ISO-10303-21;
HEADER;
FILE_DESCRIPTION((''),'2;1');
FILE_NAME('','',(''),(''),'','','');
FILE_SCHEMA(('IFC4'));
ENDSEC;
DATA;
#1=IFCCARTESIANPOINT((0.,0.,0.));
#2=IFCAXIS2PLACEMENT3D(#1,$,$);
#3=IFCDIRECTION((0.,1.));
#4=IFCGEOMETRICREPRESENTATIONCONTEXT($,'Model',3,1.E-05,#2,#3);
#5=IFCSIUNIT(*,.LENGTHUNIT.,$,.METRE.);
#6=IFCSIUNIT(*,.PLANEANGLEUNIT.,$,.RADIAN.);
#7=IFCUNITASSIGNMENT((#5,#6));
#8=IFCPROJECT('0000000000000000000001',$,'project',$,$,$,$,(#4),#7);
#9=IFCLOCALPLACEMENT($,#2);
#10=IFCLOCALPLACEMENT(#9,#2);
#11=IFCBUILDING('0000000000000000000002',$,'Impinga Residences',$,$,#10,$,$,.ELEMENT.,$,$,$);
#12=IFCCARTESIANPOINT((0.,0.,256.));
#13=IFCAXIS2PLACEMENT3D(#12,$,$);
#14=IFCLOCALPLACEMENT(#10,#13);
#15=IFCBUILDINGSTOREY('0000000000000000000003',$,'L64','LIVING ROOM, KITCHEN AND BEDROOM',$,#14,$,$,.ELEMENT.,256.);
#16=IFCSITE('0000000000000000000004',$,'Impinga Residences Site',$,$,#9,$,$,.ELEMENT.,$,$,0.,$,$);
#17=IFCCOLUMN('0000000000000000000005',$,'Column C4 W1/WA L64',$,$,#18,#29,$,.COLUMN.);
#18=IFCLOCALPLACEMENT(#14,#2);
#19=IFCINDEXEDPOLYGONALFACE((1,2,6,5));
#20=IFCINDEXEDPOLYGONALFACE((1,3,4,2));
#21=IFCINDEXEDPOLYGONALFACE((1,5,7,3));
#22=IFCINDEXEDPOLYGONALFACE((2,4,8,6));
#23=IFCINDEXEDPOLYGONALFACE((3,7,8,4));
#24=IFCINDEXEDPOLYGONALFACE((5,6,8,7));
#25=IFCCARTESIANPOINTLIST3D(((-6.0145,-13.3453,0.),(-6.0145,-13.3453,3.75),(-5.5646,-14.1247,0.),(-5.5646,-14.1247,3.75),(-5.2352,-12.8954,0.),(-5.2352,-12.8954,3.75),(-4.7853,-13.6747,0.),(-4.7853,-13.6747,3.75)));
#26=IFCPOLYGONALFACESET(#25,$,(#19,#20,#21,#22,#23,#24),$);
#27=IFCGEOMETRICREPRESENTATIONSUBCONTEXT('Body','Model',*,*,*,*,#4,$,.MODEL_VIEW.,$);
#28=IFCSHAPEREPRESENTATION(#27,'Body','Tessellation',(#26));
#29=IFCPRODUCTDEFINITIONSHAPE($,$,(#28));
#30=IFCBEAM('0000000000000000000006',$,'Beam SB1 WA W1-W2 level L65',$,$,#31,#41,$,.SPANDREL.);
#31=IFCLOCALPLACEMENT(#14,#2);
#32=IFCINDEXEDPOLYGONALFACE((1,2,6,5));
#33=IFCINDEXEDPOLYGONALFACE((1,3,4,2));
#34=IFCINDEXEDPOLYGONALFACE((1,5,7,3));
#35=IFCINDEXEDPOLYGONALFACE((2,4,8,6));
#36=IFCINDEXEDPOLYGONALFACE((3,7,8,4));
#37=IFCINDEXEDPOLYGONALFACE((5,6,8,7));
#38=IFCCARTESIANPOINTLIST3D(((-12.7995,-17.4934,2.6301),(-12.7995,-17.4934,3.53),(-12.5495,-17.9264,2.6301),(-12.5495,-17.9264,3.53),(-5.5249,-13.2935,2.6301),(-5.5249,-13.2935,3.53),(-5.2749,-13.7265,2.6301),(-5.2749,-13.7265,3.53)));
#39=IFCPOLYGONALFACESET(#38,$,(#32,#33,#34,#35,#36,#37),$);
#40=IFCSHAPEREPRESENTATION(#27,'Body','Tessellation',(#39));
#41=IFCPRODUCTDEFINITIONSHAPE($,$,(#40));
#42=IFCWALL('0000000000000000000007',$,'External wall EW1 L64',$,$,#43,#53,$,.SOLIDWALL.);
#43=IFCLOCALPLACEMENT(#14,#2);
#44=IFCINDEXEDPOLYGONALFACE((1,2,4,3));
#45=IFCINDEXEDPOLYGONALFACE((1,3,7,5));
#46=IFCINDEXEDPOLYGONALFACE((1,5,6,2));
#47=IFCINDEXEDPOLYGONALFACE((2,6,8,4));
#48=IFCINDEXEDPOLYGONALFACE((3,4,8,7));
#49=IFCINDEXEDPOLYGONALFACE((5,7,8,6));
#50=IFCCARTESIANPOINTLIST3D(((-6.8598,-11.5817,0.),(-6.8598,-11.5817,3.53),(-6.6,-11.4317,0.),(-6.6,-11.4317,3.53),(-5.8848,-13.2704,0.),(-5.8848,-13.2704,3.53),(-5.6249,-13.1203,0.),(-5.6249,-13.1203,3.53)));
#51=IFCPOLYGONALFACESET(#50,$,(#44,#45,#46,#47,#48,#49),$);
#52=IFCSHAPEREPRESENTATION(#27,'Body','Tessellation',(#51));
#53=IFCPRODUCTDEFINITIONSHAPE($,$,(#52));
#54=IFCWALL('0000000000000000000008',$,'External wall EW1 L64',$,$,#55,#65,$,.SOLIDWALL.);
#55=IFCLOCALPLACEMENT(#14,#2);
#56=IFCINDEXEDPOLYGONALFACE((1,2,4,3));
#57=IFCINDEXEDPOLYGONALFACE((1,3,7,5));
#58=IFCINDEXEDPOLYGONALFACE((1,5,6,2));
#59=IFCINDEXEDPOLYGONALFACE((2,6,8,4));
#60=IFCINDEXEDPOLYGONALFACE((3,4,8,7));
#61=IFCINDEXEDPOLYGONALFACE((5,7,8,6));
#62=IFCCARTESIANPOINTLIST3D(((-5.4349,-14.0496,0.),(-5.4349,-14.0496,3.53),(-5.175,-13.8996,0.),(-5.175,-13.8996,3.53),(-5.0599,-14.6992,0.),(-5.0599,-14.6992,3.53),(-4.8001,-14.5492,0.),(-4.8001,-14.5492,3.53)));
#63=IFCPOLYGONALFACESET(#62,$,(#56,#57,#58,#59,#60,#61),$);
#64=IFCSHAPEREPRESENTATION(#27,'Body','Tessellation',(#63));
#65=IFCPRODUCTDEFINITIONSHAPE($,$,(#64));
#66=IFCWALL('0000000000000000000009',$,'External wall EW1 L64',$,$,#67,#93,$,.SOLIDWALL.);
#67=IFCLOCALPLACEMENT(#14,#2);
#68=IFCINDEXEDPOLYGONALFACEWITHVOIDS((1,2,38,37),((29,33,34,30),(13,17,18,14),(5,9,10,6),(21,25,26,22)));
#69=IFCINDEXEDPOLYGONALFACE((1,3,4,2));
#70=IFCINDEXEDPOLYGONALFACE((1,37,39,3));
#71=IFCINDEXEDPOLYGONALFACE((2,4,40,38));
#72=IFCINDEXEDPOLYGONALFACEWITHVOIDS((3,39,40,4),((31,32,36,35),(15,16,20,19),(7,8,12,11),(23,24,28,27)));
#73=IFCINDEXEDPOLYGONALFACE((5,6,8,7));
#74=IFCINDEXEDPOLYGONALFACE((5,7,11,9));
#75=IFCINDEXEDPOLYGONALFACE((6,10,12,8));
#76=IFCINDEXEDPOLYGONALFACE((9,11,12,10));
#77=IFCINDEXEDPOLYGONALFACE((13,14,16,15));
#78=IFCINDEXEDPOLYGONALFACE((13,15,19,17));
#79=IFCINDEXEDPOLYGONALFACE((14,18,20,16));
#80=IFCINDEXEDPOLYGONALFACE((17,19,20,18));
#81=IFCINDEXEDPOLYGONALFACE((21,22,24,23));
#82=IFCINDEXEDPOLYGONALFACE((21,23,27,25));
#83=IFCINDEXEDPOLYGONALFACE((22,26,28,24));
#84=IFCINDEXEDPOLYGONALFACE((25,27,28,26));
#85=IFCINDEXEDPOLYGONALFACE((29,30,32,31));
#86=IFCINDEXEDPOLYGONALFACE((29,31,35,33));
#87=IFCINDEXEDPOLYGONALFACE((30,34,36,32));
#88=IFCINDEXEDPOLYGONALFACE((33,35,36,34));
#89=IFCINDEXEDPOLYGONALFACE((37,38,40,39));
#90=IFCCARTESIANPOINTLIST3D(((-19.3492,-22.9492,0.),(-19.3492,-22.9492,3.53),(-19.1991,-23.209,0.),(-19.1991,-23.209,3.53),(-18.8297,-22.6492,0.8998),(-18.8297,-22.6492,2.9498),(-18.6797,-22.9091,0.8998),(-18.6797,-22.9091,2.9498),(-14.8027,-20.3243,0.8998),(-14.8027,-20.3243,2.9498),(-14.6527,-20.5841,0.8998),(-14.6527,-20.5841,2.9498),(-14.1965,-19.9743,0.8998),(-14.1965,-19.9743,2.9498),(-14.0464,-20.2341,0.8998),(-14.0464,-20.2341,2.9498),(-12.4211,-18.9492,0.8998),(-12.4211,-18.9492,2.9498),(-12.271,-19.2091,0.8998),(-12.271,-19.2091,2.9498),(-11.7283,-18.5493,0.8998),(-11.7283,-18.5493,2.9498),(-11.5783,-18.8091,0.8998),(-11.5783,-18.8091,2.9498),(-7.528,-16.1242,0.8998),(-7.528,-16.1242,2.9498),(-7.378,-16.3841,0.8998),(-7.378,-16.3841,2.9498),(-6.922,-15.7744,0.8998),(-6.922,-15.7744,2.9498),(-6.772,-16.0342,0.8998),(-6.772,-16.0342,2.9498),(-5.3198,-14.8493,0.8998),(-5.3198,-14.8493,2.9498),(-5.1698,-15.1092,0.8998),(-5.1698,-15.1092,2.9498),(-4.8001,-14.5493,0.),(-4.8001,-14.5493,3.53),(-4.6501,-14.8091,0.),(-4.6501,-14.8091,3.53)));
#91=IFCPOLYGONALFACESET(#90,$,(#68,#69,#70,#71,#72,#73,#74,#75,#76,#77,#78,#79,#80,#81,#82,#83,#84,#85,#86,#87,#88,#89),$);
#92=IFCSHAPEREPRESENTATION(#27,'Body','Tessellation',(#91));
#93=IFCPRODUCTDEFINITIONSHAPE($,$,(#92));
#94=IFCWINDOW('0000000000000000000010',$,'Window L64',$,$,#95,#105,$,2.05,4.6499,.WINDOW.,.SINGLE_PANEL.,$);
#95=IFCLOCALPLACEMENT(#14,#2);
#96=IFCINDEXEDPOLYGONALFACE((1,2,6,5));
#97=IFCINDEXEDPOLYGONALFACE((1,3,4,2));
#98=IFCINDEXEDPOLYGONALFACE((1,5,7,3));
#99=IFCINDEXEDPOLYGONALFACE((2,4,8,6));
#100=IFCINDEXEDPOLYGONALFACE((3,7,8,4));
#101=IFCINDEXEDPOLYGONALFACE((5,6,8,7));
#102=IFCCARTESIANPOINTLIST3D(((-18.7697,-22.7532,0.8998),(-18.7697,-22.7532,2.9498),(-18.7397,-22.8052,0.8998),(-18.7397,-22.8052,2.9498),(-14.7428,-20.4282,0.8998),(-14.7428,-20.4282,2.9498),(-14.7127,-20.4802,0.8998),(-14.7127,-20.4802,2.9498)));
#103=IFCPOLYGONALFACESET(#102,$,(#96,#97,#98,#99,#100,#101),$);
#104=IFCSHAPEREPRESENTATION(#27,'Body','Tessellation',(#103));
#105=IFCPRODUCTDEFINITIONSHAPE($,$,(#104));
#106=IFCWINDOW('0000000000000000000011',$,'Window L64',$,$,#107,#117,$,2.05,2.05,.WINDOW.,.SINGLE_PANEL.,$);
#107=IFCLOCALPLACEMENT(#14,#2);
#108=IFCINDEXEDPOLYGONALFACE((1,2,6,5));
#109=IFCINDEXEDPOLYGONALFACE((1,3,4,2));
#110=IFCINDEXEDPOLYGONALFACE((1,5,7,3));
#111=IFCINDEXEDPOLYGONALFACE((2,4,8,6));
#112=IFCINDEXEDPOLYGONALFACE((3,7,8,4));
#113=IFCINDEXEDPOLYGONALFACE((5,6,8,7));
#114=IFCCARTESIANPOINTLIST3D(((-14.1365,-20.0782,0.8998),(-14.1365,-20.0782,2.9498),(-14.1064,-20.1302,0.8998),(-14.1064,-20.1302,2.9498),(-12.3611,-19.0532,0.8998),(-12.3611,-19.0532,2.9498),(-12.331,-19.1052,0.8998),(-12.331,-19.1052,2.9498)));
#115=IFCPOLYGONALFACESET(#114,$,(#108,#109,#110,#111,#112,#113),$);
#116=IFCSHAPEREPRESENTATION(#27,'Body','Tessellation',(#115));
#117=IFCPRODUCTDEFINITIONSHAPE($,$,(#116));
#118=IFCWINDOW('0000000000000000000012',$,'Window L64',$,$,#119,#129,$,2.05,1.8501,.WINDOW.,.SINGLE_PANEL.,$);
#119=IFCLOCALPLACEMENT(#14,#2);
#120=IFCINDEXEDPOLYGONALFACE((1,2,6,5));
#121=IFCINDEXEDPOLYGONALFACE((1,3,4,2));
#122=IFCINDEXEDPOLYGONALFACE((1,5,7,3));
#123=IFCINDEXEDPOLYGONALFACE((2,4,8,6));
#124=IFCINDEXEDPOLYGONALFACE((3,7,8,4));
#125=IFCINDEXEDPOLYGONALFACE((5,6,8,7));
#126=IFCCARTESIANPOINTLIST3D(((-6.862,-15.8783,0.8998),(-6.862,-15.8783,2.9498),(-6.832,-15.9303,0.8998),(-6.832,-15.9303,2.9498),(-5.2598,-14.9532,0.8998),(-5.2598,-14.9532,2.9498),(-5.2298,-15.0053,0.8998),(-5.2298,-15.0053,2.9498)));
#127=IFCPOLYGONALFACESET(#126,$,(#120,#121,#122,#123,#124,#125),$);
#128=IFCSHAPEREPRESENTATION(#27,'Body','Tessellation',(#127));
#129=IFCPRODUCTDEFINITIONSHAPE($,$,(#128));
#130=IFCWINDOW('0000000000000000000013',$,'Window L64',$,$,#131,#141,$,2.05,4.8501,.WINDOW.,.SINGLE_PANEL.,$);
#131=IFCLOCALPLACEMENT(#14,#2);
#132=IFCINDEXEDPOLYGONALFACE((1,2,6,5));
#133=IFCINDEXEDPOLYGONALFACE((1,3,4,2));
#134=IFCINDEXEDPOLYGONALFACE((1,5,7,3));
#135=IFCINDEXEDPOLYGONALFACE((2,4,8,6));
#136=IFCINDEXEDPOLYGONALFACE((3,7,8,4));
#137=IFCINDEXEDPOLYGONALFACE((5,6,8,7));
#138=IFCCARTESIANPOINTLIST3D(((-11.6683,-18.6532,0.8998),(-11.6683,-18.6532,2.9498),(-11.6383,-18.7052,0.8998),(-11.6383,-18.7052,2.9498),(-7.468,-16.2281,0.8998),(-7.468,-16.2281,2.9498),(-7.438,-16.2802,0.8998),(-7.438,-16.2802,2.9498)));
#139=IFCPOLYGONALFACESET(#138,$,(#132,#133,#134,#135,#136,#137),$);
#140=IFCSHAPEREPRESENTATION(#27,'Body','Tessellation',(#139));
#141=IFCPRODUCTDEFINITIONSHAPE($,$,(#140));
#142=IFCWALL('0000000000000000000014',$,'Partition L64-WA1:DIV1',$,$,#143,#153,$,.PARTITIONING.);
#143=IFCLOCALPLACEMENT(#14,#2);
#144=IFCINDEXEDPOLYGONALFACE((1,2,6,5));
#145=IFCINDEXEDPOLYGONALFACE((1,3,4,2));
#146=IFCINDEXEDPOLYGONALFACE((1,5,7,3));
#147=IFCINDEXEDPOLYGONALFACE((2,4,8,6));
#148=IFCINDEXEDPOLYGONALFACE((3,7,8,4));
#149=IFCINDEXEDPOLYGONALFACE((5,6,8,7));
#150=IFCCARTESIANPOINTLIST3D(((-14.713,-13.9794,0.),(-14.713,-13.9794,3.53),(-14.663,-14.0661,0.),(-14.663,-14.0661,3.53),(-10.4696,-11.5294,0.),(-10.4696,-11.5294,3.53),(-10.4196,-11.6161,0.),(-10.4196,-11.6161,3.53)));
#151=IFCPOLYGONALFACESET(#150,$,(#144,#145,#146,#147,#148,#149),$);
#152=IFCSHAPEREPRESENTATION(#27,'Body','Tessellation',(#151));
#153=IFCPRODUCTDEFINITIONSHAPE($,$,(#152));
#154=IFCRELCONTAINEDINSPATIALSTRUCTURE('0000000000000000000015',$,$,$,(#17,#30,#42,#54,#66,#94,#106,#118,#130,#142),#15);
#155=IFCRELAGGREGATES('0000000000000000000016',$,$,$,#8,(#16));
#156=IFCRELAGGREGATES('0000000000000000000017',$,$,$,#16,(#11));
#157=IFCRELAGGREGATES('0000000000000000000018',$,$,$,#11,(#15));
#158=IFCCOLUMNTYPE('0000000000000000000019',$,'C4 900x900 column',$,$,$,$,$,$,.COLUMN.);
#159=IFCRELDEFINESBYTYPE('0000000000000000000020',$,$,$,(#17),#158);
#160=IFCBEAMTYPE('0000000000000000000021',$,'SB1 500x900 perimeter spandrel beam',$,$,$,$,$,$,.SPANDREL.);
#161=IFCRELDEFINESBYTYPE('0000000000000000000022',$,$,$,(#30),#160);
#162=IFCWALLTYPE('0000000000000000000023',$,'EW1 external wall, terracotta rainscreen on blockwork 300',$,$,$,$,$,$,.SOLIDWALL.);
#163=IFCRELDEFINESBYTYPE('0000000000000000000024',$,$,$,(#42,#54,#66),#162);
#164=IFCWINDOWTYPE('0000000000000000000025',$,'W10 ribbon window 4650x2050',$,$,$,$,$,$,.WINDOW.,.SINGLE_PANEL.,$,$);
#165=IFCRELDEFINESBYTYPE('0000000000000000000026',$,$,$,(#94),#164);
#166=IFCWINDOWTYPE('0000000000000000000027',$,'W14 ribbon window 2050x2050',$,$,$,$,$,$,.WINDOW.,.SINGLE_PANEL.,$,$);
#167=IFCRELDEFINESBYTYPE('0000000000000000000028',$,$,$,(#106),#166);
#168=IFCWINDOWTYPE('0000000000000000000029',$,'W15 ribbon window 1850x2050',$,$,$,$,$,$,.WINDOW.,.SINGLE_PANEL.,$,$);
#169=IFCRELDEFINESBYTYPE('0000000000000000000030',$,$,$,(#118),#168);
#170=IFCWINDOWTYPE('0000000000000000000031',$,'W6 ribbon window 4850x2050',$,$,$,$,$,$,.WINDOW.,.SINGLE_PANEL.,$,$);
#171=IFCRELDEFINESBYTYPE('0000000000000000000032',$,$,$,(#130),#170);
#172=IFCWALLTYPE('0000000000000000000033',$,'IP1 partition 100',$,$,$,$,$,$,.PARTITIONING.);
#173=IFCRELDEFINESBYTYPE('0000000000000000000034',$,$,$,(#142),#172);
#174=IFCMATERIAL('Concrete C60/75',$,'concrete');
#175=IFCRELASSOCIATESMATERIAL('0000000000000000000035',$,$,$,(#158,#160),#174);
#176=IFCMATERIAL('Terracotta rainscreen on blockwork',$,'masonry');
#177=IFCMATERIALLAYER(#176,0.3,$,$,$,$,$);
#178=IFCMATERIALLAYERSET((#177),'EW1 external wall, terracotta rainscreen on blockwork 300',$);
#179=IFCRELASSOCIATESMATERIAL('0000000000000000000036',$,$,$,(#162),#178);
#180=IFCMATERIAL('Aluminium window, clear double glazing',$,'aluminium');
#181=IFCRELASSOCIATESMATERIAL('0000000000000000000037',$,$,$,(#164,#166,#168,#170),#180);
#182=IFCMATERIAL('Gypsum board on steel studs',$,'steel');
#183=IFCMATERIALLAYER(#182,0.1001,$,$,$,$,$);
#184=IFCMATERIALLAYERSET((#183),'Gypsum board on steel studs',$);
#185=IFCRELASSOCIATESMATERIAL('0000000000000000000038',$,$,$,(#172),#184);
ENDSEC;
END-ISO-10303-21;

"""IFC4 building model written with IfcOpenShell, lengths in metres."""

from ifc_helpers import new_model, si_unit, direction, frame, frame_2d, origin, origin_2d, place, context, subcontext, project, spatial, rectangle, extrude, material, layer, layer_set, material_profile, profile_set, type_object, element, fill, save


model = new_model("IFC4")

# Units and contexts
model_context = context("Model", 3, precision=1e-05, world=origin(), true_north=direction((0.0, 1.0)))
body_context = subcontext(model_context, "Body", "Model", "MODEL_VIEW")
ifc_project = project(units=[si_unit("LENGTHUNIT", "METRE"), si_unit("PLANEANGLEUNIT", "RADIAN")], contexts=[model_context])

# Site, building, storey
site_placement = place(None, origin())
site = spatial("IfcSite", under=ifc_project, at=site_placement, Name="Impinga Residences Site", CompositionType="ELEMENT", RefElevation=0.0)
building_placement = place(site_placement, origin())
building = spatial("IfcBuilding", under=site, at=building_placement, Name="Impinga Residences", CompositionType="ELEMENT")
storey_placement = place(building_placement, frame((0.0, 0.0, 256.0)))
storey = spatial("IfcBuildingStorey", under=building, at=storey_placement, Name="L64", Description="LIVING ROOM, KITCHEN AND BEDROOM", CompositionType="ELEMENT", Elevation=256.0)

# Column
ifc_material_1 = material(Name="Concrete C60/75", Category="concrete")
ifc_material_profile_1 = material_profile(ifc_material_1, rectangle(XDim=0.8999, YDim=0.8999, at=origin_2d()), Name="RC 900x900")
ifc_profile_set_1 = profile_set([ifc_material_profile_1], Name="Concrete C60/75")
column_type = type_object("IfcColumnType", Name="C4 900x900 column", PredefinedType="COLUMN", material=ifc_profile_set_1)
column_placement = place(storey_placement, frame((-5.3999, -13.51, 0.0), z_axis=(0.0, 0.0, 1.0), x_axis=(-0.5, 0.866025, 0.0)))
element("IfcColumn", 1, at=column_placement, inside=storey, type_object=column_type, Name="Column C4 W1/WA L64", PredefinedType="COLUMN", context=body_context, shape_type="SweptSolid", body=[
    extrude(rectangle(XDim=0.8999, YDim=0.8999, at=origin_2d()), origin(), (0.0, 0.0, 1.0), 3.75),
])

# Beam
ifc_material_profile_2 = material_profile(ifc_material_1, rectangle(XDim=0.5, YDim=0.8999, at=origin_2d()), Name="RC 500x900")
ifc_profile_set_2 = profile_set([ifc_material_profile_2], Name="Concrete C60/75")
beam_type = type_object("IfcBeamType", Name="SB1 500x900 perimeter spandrel beam", PredefinedType="SPANDREL", material=ifc_profile_set_2)
beam_placement = place(storey_placement, frame((-5.3999, -13.51, 3.0801), z_axis=(-0.866029, -0.499993, 0.0), x_axis=(0.499993, -0.866029, 0.0)))
element("IfcBeam", 2, at=beam_placement, inside=storey, type_object=beam_type, Name="Beam SB1 WA W1-W2 level L65", PredefinedType="SPANDREL", context=body_context, shape_type="SweptSolid", body=[
    extrude(rectangle(XDim=0.5, YDim=0.8999, at=origin_2d()), origin(), (0.0, 0.0, 1.0), 8.3999),
])

# Walls
ifc_material_2 = material(Name="Terracotta rainscreen on blockwork", Category="masonry")
ifc_layer_1 = layer(ifc_material_2, 0.3)
ifc_layer_set_1 = layer_set([ifc_layer_1], Name="EW1 external wall, terracotta rainscreen on blockwork 300")
wall_type_1 = type_object("IfcWallType", Name="EW1 external wall, terracotta rainscreen on blockwork 300", PredefinedType="SOLIDWALL", material=ifc_layer_set_1)
wall_1_placement = place(storey_placement, frame((-6.73, -11.5066, 0.0), z_axis=(0.0, 0.0, 1.0), x_axis=(0.500044, -0.866, 0.0)))
element("IfcWall", 3, at=wall_1_placement, inside=storey, type_object=wall_type_1, Name="External wall EW1 L64", PredefinedType="SOLIDWALL", context=body_context, shape_type="SweptSolid", body=[
    extrude(rectangle(XDim=1.95, YDim=0.3, at=frame_2d((0.9751, 0.0))), origin(), (0.0, 0.0, 1.0), 3.53),
])
wall_2_placement = place(storey_placement, frame((-5.3049, -13.9746, 0.0), z_axis=(0.0, 0.0, 1.0), x_axis=(0.49992, -0.866072, 0.0)))
element("IfcWall", 4, at=wall_2_placement, inside=storey, type_object=wall_type_1, Name="External wall EW1 L64", PredefinedType="SOLIDWALL", context=body_context, shape_type="SweptSolid", body=[
    extrude(rectangle(XDim=0.75, YDim=0.3, at=frame_2d((0.375, 0.0))), origin(), (0.0, 0.0, 1.0), 3.53),
])

# Wall, openings, windows
wall_3_placement = place(storey_placement, frame((-4.7251, -14.6792, 0.0), z_axis=(0.0, 0.0, 1.0), x_axis=(-0.866026, -0.5, 0.0)))
wall_3 = element("IfcWall", 5, at=wall_3_placement, inside=storey, type_object=wall_type_1, Name="External wall EW1 L64", PredefinedType="SOLIDWALL", context=body_context, shape_type="SweptSolid", body=[
    extrude(rectangle(XDim=16.7998, YDim=0.3, at=frame_2d((8.3999, 0.0))), origin(), (0.0, 0.0, 1.0), 3.53),
])
opening_1_placement = place(wall_3_placement, frame((0.6001, 0.0, 0.8999)))
opening_1 = element("IfcOpeningElement", 6, at=opening_1_placement, cuts=wall_3, PredefinedType="OPENING", context=body_context, shape_type="SweptSolid", body=[
    extrude(rectangle(XDim=1.8501, YDim=2.05, at=frame_2d((0.925, 1.0249))), frame((0.0, 0.1599, 0.0), z_axis=(0.0, -1.0, 0.0), x_axis=(1.0, 0.0, 0.0)), (0.0, 0.0, 1.0), 0.3201),
])
opening_2_placement = place(wall_3_placement, frame((3.1499, 0.0, 0.8999)))
opening_2 = element("IfcOpeningElement", 7, at=opening_2_placement, cuts=wall_3, PredefinedType="OPENING", context=body_context, shape_type="SweptSolid", body=[
    extrude(rectangle(XDim=4.8501, YDim=2.05, at=frame_2d((2.425, 1.0249))), frame((0.0, 0.1599, 0.0), z_axis=(0.0, -1.0, 0.0), x_axis=(1.0, 0.0, 0.0)), (0.0, 0.0, 1.0), 0.3201),
])
opening_3_placement = place(wall_3_placement, frame((8.8, 0.0, 0.8999)))
opening_3 = element("IfcOpeningElement", 8, at=opening_3_placement, cuts=wall_3, PredefinedType="OPENING", context=body_context, shape_type="SweptSolid", body=[
    extrude(rectangle(XDim=2.05, YDim=2.05, at=frame_2d((1.0249, 1.0249))), frame((0.0, 0.1599, 0.0), z_axis=(0.0, -1.0, 0.0), x_axis=(1.0, 0.0, 0.0)), (0.0, 0.0, 1.0), 0.3201),
])
opening_4_placement = place(wall_3_placement, frame((11.55, 0.0, 0.8999)))
opening_4 = element("IfcOpeningElement", 9, at=opening_4_placement, cuts=wall_3, PredefinedType="OPENING", context=body_context, shape_type="SweptSolid", body=[
    extrude(rectangle(XDim=4.6499, YDim=2.05, at=frame_2d((2.325, 1.0249))), frame((0.0, 0.1599, 0.0), z_axis=(0.0, -1.0, 0.0), x_axis=(1.0, 0.0, 0.0)), (0.0, 0.0, 1.0), 0.3201),
])
ifc_material_3 = material(Name="Aluminium window, clear double glazing", Category="aluminium")
window_type_1 = type_object("IfcWindowType", Name="W10 ribbon window 4650x2050", PartitioningType="SINGLE_PANEL", PredefinedType="WINDOW", material=ifc_material_3)
window_1_placement = place(opening_4_placement, origin())
window_1 = element("IfcWindow", 10, at=window_1_placement, inside=storey, type_object=window_type_1, Name="Window L64", OverallHeight=2.05, OverallWidth=4.6499, PartitioningType="SINGLE_PANEL", PredefinedType="WINDOW", context=body_context, shape_type="SweptSolid", body=[
    extrude(rectangle(XDim=4.6499, YDim=2.05, at=frame_2d((2.325, 1.0249))), frame((0.0, 0.03, 0.0), z_axis=(0.0, -1.0, 0.0), x_axis=(1.0, 0.0, 0.0)), (0.0, 0.0, 1.0), 0.0601),
])
fill(opening_4, window_1)
window_type_2 = type_object("IfcWindowType", Name="W14 ribbon window 2050x2050", PartitioningType="SINGLE_PANEL", PredefinedType="WINDOW", material=ifc_material_3)
window_2_placement = place(opening_3_placement, origin())
window_2 = element("IfcWindow", 11, at=window_2_placement, inside=storey, type_object=window_type_2, Name="Window L64", OverallHeight=2.05, OverallWidth=2.05, PartitioningType="SINGLE_PANEL", PredefinedType="WINDOW", context=body_context, shape_type="SweptSolid", body=[
    extrude(rectangle(XDim=2.05, YDim=2.05, at=frame_2d((1.0249, 1.0249))), frame((0.0, 0.03, 0.0), z_axis=(0.0, -1.0, 0.0), x_axis=(1.0, 0.0, 0.0)), (0.0, 0.0, 1.0), 0.0601),
])
fill(opening_3, window_2)
window_type_3 = type_object("IfcWindowType", Name="W15 ribbon window 1850x2050", PartitioningType="SINGLE_PANEL", PredefinedType="WINDOW", material=ifc_material_3)
window_3_placement = place(opening_1_placement, origin())
window_3 = element("IfcWindow", 12, at=window_3_placement, inside=storey, type_object=window_type_3, Name="Window L64", OverallHeight=2.05, OverallWidth=1.8501, PartitioningType="SINGLE_PANEL", PredefinedType="WINDOW", context=body_context, shape_type="SweptSolid", body=[
    extrude(rectangle(XDim=1.8501, YDim=2.05, at=frame_2d((0.925, 1.0249))), frame((0.0, 0.03, 0.0), z_axis=(0.0, -1.0, 0.0), x_axis=(1.0, 0.0, 0.0)), (0.0, 0.0, 1.0), 0.0601),
])
fill(opening_1, window_3)
window_type_4 = type_object("IfcWindowType", Name="W6 ribbon window 4850x2050", PartitioningType="SINGLE_PANEL", PredefinedType="WINDOW", material=ifc_material_3)
window_4_placement = place(opening_2_placement, origin())
window_4 = element("IfcWindow", 13, at=window_4_placement, inside=storey, type_object=window_type_4, Name="Window L64", OverallHeight=2.05, OverallWidth=4.8501, PartitioningType="SINGLE_PANEL", PredefinedType="WINDOW", context=body_context, shape_type="SweptSolid", body=[
    extrude(rectangle(XDim=4.8501, YDim=2.05, at=frame_2d((2.425, 1.0249))), frame((0.0, 0.03, 0.0), z_axis=(0.0, -1.0, 0.0), x_axis=(1.0, 0.0, 0.0)), (0.0, 0.0, 1.0), 0.0601),
])
fill(opening_2, window_4)

# Wall
ifc_material_4 = material(Name="Gypsum board on steel studs", Category="steel")
ifc_layer_2 = layer(ifc_material_4, 0.1001)
ifc_layer_set_2 = layer_set([ifc_layer_2], Name="Gypsum board on steel studs")
wall_type_2 = type_object("IfcWallType", Name="IP1 partition 100", PredefinedType="PARTITIONING", material=ifc_layer_set_2)
wall_4_placement = place(storey_placement, frame((-10.4446, -11.5728, 0.0), z_axis=(0.0, 0.0, 1.0), x_axis=(-0.866024, -0.500003, 0.0)))
element("IfcWall", 14, at=wall_4_placement, inside=storey, type_object=wall_type_2, Name="Partition L64-WA1:DIV1", PredefinedType="PARTITIONING", context=body_context, shape_type="SweptSolid", body=[
    extrude(rectangle(XDim=4.8999, YDim=0.1001, at=frame_2d((2.45, 0.0))), origin(), (0.0, 0.0, 1.0), 3.53),
])

save(model, "model.ifc")
